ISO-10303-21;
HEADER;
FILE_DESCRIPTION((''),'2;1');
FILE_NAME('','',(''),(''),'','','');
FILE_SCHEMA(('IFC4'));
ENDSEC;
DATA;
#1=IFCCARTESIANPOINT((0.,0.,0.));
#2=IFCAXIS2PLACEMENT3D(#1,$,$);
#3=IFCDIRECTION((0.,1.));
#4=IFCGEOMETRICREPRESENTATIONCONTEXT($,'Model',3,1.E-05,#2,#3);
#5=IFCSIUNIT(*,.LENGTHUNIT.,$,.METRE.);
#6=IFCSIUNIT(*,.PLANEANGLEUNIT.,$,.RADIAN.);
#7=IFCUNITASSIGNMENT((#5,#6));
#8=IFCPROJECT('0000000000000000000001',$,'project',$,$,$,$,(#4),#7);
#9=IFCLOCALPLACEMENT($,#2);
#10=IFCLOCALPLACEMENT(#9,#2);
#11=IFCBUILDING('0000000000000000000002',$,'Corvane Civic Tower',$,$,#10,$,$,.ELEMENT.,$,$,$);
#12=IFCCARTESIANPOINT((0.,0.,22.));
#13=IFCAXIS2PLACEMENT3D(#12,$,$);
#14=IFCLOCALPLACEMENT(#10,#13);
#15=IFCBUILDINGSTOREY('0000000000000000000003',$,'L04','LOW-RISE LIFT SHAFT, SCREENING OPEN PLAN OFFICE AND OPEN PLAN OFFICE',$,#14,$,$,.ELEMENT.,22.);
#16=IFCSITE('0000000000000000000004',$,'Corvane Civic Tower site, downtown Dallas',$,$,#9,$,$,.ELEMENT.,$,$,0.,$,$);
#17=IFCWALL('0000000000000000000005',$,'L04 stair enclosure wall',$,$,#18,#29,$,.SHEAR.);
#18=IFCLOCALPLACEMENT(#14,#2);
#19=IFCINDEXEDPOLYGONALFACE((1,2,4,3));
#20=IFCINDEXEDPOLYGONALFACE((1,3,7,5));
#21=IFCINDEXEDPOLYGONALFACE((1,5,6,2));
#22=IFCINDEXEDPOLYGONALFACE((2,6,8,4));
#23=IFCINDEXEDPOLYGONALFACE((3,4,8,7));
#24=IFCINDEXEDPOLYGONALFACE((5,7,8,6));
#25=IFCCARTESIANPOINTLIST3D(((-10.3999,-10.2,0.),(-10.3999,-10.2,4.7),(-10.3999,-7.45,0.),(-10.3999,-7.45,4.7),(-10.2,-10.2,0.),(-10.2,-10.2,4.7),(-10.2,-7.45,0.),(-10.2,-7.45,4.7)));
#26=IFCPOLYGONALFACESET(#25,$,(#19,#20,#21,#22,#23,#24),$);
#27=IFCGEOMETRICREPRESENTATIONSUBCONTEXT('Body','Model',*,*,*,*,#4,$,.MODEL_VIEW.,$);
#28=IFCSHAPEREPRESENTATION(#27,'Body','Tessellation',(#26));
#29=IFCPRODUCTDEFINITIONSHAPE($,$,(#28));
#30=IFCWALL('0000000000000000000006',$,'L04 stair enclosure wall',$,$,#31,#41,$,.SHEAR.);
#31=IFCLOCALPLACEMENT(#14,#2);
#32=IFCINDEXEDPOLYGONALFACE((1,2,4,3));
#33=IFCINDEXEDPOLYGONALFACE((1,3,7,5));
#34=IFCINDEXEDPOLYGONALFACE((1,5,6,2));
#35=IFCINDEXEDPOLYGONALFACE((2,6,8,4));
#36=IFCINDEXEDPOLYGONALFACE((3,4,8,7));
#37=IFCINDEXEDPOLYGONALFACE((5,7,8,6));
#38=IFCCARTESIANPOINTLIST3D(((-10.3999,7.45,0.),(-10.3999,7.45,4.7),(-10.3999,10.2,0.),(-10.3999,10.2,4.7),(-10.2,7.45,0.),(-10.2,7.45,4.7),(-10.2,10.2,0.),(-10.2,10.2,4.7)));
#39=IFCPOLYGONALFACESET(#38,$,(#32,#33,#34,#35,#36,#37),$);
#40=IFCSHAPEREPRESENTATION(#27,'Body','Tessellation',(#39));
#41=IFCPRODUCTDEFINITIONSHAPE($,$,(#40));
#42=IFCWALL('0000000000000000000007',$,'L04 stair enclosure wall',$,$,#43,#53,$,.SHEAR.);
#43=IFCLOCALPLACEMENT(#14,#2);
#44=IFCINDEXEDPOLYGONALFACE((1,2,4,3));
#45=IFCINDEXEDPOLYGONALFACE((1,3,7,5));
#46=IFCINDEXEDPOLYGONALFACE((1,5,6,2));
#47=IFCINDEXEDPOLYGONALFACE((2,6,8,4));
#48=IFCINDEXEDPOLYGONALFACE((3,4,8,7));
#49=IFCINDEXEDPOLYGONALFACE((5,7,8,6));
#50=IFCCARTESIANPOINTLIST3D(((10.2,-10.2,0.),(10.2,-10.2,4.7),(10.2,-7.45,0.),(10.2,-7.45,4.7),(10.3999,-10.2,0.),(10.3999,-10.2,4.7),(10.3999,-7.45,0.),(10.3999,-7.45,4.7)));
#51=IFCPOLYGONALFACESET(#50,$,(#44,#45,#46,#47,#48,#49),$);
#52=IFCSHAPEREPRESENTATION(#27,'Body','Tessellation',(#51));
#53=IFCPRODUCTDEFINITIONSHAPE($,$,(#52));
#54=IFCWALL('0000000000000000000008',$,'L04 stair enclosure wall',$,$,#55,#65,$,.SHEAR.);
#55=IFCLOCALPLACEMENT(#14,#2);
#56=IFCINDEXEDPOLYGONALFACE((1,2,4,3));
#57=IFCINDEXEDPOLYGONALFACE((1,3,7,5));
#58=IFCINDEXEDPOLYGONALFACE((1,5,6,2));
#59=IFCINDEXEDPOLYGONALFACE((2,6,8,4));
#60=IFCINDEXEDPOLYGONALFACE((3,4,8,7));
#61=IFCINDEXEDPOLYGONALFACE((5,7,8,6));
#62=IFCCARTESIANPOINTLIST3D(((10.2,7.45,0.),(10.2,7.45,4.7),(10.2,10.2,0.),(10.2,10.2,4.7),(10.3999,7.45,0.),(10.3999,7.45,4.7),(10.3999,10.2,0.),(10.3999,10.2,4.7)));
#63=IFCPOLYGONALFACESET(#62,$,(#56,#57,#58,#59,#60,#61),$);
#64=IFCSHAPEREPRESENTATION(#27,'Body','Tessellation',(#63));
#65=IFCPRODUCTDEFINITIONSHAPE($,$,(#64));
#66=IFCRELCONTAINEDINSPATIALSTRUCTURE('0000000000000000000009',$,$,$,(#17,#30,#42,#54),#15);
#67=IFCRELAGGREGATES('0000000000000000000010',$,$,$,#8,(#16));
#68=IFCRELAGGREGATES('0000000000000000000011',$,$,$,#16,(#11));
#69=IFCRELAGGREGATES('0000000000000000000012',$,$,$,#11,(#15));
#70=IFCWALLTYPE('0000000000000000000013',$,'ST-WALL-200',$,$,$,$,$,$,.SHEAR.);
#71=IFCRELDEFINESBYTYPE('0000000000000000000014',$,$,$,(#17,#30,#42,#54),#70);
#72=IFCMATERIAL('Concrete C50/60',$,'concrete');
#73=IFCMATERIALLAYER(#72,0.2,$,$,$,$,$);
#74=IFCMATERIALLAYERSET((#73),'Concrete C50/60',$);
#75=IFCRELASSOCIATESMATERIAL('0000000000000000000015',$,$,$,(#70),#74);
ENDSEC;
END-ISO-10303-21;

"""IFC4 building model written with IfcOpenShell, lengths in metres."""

from ifc_helpers import new_model, si_unit, direction, frame, origin, place, context, subcontext, project, spatial, polyline, outline, extrude, material, layer, layer_set, type_object, element, save


model = new_model("IFC4")

# Units and contexts
model_context = context("Model", 3, precision=1e-05, world=origin(), true_north=direction((0.0, 1.0)))
body_context = subcontext(model_context, "Body", "Model", "MODEL_VIEW")
ifc_project = project(units=[si_unit("LENGTHUNIT", "METRE"), si_unit("PLANEANGLEUNIT", "RADIAN")], contexts=[model_context])

# Site, building, storey
site_placement = place(None, origin())
site = spatial("IfcSite", under=ifc_project, at=site_placement, Name="Corvane Civic Tower site, downtown Dallas", CompositionType="ELEMENT", RefElevation=0.0)
building_placement = place(site_placement, origin())
building = spatial("IfcBuilding", under=site, at=building_placement, Name="Corvane Civic Tower", CompositionType="ELEMENT")
storey_placement = place(building_placement, frame((0.0, 0.0, 22.0)))
storey = spatial("IfcBuildingStorey", under=building, at=storey_placement, Name="L04", Description="LOW-RISE LIFT SHAFT, SCREENING OPEN PLAN OFFICE AND OPEN PLAN OFFICE", CompositionType="ELEMENT", Elevation=22.0)

# Walls
ifc_material_1 = material(Name="Concrete C50/60", Category="concrete")
ifc_layer_1 = layer(ifc_material_1, 0.2)
ifc_layer_set_1 = layer_set([ifc_layer_1], Name="Concrete C50/60")
wall_type_1 = type_object("IfcWallType", Name="ST-WALL-200", PredefinedType="SHEAR", material=ifc_layer_set_1)
wall_1_placement = place(storey_placement, origin())
element("IfcWall", 1, at=wall_1_placement, inside=storey, type_object=wall_type_1, Name="L04 stair enclosure wall", PredefinedType="SHEAR", context=body_context, shape_type="SweptSolid", body=[
    extrude(outline(polyline([(-10.2, -7.45), (-10.2, -10.2), (-10.3999, -10.2), (-10.3999, -7.45), (-10.2, -7.45)])), origin(), (0.0, 0.0, 1.0), 4.7),
])
wall_2_placement = place(storey_placement, origin())
element("IfcWall", 2, at=wall_2_placement, inside=storey, type_object=wall_type_1, Name="L04 stair enclosure wall", PredefinedType="SHEAR", context=body_context, shape_type="SweptSolid", body=[
    extrude(outline(polyline([(-10.2, 7.45), (-10.3999, 7.45), (-10.3999, 10.2), (-10.2, 10.2), (-10.2, 7.45)])), origin(), (0.0, 0.0, 1.0), 4.7),
])
wall_3_placement = place(storey_placement, origin())
element("IfcWall", 3, at=wall_3_placement, inside=storey, type_object=wall_type_1, Name="L04 stair enclosure wall", PredefinedType="SHEAR", context=body_context, shape_type="SweptSolid", body=[
    extrude(outline(polyline([(10.3999, -7.45), (10.3999, -10.2), (10.2, -10.2), (10.2, -7.45), (10.3999, -7.45)])), origin(), (0.0, 0.0, 1.0), 4.7),
])
wall_4_placement = place(storey_placement, origin())
element("IfcWall", 4, at=wall_4_placement, inside=storey, type_object=wall_type_1, Name="L04 stair enclosure wall", PredefinedType="SHEAR", context=body_context, shape_type="SweptSolid", body=[
    extrude(outline(polyline([(10.3999, 7.45), (10.2, 7.45), (10.2, 10.2), (10.3999, 10.2), (10.3999, 7.45)])), origin(), (0.0, 0.0, 1.0), 4.7),
])

save(model, "model.ifc")
